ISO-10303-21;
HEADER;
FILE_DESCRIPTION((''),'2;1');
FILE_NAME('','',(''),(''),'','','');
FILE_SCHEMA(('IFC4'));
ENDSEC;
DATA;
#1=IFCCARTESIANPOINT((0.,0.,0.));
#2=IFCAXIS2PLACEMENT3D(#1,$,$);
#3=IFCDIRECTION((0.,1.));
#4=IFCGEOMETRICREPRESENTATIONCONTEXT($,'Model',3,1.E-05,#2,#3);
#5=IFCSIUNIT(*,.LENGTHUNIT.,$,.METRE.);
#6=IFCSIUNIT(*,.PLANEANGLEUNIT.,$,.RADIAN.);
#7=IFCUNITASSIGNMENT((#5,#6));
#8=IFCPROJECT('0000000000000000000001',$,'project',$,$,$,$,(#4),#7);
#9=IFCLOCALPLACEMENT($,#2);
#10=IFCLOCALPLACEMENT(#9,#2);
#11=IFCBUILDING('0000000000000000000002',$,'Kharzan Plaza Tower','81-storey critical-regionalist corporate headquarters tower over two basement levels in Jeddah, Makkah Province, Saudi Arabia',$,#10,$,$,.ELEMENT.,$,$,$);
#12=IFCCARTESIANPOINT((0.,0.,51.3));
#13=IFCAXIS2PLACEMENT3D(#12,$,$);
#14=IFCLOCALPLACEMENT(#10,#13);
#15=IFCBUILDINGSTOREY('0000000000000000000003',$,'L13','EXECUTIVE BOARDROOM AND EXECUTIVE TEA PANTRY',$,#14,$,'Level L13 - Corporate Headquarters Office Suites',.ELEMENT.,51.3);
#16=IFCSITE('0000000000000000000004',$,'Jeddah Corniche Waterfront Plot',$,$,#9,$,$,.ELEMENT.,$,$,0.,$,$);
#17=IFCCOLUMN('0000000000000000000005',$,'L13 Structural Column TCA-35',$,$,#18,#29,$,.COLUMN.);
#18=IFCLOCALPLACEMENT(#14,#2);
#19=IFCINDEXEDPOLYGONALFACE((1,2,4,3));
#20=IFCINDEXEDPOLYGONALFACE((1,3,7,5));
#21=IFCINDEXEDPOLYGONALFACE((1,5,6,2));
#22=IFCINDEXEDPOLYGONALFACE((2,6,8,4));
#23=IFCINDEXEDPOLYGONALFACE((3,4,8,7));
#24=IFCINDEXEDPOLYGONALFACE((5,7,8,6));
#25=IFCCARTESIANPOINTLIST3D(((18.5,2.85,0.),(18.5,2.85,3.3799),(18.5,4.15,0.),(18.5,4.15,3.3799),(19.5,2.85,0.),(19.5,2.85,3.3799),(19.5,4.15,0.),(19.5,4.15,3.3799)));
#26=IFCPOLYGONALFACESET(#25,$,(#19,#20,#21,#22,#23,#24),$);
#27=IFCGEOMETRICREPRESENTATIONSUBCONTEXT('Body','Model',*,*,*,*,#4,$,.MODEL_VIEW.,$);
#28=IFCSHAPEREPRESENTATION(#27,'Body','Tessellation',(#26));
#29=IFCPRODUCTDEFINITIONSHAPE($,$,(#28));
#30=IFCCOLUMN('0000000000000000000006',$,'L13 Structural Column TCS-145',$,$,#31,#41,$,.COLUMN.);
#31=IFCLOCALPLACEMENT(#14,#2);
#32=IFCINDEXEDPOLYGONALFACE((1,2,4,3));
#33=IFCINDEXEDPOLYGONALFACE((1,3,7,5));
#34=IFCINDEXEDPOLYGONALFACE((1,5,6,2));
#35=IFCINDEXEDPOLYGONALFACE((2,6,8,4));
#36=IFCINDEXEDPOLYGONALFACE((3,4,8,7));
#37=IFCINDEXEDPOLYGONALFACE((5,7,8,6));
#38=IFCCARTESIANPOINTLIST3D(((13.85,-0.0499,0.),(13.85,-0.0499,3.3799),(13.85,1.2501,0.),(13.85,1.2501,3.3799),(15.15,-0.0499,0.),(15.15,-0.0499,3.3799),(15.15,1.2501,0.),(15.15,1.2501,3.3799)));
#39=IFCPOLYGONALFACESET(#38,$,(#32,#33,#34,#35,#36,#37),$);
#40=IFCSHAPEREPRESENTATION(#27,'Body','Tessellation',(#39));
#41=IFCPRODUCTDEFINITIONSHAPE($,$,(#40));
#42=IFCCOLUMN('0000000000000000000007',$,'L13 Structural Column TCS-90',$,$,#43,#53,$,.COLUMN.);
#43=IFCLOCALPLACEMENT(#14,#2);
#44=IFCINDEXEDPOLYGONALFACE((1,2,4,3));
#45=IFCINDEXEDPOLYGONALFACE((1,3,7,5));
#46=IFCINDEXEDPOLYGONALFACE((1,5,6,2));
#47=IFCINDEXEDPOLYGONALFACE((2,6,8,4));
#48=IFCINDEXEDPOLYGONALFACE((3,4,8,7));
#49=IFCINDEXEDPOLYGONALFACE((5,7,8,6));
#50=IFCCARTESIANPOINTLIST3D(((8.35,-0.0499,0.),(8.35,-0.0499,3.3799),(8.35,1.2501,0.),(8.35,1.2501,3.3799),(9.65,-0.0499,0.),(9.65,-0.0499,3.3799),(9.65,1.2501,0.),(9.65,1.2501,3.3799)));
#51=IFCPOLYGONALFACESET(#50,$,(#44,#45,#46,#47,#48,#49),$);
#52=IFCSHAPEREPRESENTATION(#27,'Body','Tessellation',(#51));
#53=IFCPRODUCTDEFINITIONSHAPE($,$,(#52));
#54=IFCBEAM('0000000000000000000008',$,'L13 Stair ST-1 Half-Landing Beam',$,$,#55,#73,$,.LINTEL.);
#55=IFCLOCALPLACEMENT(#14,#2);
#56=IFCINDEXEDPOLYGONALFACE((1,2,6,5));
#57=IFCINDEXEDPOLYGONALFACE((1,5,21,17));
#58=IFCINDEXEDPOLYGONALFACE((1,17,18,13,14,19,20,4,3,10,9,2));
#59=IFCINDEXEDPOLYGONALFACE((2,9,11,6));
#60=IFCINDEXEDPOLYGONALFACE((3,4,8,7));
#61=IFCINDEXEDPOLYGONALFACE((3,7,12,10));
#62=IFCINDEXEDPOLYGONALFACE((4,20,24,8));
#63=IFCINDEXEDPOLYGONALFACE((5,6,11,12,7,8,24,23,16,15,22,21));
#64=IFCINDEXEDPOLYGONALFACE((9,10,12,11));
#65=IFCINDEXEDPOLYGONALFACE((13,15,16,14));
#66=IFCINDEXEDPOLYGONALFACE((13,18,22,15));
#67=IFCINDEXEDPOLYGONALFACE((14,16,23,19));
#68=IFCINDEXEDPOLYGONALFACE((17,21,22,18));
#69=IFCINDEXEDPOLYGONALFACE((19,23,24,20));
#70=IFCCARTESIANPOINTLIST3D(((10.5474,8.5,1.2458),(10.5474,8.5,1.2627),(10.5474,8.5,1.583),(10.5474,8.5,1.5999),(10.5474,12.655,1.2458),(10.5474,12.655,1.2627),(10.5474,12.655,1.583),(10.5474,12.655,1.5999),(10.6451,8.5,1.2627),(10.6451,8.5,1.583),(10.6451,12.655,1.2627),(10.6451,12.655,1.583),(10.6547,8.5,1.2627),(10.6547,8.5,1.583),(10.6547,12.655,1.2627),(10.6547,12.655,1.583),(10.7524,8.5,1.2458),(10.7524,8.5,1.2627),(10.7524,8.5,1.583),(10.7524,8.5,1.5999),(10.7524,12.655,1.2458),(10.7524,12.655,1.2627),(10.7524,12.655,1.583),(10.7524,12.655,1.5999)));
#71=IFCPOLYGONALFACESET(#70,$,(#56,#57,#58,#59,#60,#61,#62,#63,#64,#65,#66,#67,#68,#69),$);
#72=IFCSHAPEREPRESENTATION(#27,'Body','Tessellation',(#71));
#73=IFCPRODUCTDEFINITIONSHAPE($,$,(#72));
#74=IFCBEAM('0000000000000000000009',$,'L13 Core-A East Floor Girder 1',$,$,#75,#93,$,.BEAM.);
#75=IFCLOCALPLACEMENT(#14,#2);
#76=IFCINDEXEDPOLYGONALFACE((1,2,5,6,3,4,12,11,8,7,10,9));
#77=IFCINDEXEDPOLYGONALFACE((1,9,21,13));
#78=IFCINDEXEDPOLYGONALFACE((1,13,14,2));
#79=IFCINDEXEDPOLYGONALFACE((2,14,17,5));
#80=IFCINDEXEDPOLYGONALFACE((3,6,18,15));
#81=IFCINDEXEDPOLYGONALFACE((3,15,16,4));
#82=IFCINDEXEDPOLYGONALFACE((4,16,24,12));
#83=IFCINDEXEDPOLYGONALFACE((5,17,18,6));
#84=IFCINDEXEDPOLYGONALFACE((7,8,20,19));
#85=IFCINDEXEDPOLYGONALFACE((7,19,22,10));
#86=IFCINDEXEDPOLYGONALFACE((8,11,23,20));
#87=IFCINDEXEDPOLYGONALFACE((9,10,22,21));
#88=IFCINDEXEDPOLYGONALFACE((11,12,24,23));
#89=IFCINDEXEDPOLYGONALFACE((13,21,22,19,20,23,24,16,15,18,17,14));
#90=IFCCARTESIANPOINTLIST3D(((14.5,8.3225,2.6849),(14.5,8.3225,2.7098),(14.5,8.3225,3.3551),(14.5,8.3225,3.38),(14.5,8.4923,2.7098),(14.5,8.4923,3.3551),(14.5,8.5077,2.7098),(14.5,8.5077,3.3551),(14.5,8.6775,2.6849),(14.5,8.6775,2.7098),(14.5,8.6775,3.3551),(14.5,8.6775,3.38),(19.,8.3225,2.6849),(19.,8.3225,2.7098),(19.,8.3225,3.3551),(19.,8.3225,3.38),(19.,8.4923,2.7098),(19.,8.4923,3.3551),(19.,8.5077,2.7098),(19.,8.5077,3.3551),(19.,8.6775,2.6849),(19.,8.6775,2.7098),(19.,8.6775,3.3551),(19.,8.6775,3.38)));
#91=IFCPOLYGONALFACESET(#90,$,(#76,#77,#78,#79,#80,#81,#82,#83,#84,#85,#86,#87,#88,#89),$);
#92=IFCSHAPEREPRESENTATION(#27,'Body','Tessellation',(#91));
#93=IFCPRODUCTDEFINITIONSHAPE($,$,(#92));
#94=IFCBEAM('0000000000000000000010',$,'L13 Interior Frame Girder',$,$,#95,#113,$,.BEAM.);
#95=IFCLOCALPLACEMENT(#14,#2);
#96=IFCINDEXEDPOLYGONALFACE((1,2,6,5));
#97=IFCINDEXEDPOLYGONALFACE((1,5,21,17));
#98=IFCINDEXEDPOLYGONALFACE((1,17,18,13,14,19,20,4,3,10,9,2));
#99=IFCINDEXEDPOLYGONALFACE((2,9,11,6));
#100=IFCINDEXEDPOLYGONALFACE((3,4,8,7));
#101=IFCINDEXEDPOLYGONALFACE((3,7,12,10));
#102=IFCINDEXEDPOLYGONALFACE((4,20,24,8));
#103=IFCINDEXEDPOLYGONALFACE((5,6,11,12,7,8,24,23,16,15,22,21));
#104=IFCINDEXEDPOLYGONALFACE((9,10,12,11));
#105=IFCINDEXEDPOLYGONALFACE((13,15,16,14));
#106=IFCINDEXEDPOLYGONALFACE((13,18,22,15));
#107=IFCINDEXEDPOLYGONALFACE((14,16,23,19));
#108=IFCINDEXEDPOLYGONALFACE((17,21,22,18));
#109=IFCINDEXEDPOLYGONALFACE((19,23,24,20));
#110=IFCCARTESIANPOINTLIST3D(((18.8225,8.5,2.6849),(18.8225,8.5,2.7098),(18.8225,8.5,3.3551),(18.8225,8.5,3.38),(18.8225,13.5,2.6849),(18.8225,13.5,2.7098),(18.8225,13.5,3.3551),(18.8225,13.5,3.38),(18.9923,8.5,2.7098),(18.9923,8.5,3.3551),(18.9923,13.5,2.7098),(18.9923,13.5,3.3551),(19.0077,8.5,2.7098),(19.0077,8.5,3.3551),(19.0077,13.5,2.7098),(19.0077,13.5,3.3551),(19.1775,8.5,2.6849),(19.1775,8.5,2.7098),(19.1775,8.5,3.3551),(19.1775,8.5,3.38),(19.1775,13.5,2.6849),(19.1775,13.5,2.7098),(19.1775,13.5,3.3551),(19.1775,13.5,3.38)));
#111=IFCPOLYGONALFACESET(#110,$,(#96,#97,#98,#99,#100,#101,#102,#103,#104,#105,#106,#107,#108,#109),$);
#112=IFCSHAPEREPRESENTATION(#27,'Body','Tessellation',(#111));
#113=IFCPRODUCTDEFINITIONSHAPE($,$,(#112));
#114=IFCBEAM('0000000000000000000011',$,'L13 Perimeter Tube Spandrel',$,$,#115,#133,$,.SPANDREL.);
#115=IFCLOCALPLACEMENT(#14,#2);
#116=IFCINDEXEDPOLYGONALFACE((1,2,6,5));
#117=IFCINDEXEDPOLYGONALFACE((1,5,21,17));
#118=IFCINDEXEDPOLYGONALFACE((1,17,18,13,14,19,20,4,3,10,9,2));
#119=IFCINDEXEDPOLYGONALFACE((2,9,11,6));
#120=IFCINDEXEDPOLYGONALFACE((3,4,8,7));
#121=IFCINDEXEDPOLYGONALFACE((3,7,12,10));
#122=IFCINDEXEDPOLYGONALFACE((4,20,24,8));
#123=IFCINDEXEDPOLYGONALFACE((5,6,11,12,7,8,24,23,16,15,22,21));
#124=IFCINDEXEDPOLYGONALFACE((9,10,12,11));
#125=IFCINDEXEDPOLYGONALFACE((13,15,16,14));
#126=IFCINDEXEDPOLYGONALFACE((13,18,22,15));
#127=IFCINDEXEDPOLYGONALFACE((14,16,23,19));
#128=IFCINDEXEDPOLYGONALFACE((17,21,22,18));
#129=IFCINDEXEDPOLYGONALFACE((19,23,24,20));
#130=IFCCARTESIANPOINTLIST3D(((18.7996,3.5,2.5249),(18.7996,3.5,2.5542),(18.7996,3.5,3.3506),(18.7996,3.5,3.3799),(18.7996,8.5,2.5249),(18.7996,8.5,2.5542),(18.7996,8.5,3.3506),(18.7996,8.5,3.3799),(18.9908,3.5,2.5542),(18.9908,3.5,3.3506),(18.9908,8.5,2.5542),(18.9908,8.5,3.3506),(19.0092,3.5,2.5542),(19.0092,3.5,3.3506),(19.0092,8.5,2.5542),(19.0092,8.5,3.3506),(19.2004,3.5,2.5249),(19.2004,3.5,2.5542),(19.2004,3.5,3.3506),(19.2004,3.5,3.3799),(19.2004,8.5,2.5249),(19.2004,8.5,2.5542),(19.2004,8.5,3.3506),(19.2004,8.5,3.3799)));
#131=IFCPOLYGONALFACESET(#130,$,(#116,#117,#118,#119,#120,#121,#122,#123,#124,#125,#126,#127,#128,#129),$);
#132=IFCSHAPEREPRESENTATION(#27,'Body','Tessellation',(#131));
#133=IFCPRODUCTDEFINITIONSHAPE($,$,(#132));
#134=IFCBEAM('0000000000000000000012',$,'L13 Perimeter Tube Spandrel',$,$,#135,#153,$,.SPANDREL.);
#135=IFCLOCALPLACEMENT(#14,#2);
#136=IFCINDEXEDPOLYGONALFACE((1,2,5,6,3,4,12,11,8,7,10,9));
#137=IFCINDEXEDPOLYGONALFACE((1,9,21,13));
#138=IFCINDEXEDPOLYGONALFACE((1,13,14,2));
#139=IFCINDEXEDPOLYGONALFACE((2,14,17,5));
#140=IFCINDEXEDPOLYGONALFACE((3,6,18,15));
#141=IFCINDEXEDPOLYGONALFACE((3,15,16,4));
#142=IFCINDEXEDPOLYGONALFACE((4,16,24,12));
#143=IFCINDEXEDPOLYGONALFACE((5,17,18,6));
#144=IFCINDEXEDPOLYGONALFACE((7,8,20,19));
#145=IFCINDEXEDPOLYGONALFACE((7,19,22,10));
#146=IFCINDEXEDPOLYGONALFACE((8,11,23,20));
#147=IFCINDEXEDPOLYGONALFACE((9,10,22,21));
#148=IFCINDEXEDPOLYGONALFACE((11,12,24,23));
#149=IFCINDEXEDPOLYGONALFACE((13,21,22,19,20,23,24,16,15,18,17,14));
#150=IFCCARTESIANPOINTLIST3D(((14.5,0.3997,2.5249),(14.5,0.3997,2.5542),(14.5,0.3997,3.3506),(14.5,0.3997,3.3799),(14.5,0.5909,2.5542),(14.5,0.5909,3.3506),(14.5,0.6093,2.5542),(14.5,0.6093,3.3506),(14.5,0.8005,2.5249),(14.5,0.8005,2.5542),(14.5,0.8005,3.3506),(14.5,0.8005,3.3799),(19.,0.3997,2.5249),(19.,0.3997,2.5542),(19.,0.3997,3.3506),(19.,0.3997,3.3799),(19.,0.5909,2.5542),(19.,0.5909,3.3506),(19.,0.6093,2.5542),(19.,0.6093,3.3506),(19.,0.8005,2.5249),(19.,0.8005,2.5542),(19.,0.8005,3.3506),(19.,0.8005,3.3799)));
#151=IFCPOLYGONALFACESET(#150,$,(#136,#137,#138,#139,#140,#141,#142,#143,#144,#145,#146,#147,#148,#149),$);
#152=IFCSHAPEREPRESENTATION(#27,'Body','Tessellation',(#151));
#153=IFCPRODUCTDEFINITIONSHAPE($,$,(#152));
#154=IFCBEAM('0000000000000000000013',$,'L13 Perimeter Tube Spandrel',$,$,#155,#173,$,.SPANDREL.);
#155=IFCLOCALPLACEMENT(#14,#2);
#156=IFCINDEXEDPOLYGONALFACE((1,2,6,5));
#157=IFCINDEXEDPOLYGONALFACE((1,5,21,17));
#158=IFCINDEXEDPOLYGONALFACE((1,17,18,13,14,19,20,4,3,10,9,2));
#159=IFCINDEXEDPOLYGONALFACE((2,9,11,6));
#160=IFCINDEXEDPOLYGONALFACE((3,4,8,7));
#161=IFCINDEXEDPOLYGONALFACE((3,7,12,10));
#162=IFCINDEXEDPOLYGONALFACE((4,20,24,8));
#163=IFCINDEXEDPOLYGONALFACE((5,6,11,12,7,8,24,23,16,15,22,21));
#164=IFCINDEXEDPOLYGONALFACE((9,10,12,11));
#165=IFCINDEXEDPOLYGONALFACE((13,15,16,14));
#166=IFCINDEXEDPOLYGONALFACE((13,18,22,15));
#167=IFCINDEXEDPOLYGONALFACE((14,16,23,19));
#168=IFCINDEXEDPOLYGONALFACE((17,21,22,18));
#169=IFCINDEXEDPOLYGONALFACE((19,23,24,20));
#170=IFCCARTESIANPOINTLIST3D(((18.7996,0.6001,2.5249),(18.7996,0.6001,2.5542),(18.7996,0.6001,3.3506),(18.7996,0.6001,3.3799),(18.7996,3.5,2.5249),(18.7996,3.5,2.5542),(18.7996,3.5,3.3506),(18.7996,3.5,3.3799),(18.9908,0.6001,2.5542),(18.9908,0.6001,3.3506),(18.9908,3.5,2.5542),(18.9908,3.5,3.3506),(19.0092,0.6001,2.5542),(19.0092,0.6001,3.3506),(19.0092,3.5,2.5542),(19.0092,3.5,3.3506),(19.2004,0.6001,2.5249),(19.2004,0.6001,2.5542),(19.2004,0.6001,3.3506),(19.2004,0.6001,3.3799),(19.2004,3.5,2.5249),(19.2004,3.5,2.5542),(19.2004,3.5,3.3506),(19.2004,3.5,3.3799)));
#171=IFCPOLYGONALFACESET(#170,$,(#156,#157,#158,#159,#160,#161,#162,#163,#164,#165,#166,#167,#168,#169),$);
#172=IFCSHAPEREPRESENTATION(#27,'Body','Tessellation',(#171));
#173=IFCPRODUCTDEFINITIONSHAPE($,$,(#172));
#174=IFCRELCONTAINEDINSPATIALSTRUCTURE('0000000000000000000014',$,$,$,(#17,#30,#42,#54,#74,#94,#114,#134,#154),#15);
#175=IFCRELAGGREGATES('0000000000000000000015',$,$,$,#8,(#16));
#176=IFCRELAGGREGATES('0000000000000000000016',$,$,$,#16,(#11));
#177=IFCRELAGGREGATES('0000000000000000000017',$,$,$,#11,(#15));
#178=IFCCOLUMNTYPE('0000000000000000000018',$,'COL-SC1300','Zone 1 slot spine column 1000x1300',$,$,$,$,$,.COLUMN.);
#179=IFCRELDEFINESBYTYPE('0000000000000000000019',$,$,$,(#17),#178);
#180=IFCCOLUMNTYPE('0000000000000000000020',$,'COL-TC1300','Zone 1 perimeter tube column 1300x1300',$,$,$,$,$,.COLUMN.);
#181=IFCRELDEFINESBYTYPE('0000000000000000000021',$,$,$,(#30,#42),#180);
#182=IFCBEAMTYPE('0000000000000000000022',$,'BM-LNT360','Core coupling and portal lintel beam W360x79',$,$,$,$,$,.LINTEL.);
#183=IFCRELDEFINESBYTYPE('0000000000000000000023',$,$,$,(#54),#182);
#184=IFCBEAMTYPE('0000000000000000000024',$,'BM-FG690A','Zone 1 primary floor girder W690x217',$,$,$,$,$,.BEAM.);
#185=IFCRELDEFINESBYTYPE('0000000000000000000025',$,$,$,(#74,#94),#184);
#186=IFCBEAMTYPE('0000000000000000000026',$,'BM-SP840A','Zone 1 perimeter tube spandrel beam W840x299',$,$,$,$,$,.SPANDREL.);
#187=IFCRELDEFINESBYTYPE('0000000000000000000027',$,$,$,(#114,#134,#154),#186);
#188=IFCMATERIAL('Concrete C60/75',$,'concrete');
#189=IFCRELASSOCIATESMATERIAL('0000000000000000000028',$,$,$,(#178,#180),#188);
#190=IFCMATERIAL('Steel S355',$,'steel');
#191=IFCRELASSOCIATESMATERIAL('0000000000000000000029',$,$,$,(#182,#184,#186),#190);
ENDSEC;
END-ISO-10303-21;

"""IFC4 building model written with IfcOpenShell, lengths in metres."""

from ifc_helpers import new_model, si_unit, direction, frame, origin, origin_2d, place, context, subcontext, project, spatial, rectangle, i_section, extrude, source, transform, mapped, material, material_profile, profile_set, type_object, element, save


model = new_model("IFC4")

# Units and contexts
model_context = context("Model", 3, precision=1e-05, world=origin(), true_north=direction((0.0, 1.0)))
body_context = subcontext(model_context, "Body", "Model", "MODEL_VIEW")
ifc_project = project(units=[si_unit("LENGTHUNIT", "METRE"), si_unit("PLANEANGLEUNIT", "RADIAN")], contexts=[model_context])

# Site, building, storey
site_placement = place(None, origin())
site = spatial("IfcSite", under=ifc_project, at=site_placement, Name="Jeddah Corniche Waterfront Plot", CompositionType="ELEMENT", RefElevation=0.0)
building_placement = place(site_placement, origin())
building = spatial("IfcBuilding", under=site, at=building_placement, Name="Kharzan Plaza Tower", Description="81-storey critical-regionalist corporate headquarters tower over two basement levels in Jeddah, Makkah Province, Saudi Arabia", CompositionType="ELEMENT")
storey_placement = place(building_placement, frame((0.0, 0.0, 51.3)))
storey = spatial("IfcBuildingStorey", under=building, at=storey_placement, Name="L13", Description="EXECUTIVE BOARDROOM AND EXECUTIVE TEA PANTRY", LongName="Level L13 - Corporate Headquarters Office Suites", CompositionType="ELEMENT", Elevation=51.3)

# Columns
ifc_material_1 = material(Name="Concrete C60/75", Category="concrete")
ifc_material_profile_1 = material_profile(ifc_material_1, rectangle(XDim=1.0, YDim=1.3, at=origin_2d()), Name="RC-SC1300x1000")
ifc_profile_set_1 = profile_set([ifc_material_profile_1], Name="Concrete C60/75")
column_type_1 = type_object("IfcColumnType", Name="COL-SC1300", Description="Zone 1 slot spine column 1000x1300", PredefinedType="COLUMN", material=ifc_profile_set_1)
shared_shape_1 = source(origin(), body_context, "Body", "SweptSolid", [
    extrude(rectangle(XDim=1.0, YDim=1.3, at=origin_2d()), origin(), (0.0, 0.0, 1.0), 3.3799),
])
column_placement = place(storey_placement, frame((19.0, 3.5, 0.0), z_axis=(0.0, 0.0, 1.0), x_axis=(1.0, 0.0, 0.0)))
element("IfcColumn", 1, at=column_placement, inside=storey, type_object=column_type_1, Name="L13 Structural Column TCA-35", PredefinedType="COLUMN", context=body_context, shape_type="MappedRepresentation", body=[
    mapped(shared_shape_1, transform((0.0, 0.0, 0.0), x_axis=(1.0, 0.0, 0.0), y_axis=(0.0, 1.0, 0.0), z_axis=(0.0, 0.0, 1.0))),
])
ifc_material_profile_2 = material_profile(ifc_material_1, rectangle(XDim=1.3, YDim=1.3, at=origin_2d()), Name="RC-TC1300x1300")
ifc_profile_set_2 = profile_set([ifc_material_profile_2], Name="Concrete C60/75")
column_type_2 = type_object("IfcColumnType", Name="COL-TC1300", Description="Zone 1 perimeter tube column 1300x1300", PredefinedType="COLUMN", material=ifc_profile_set_2)
shared_shape_2 = source(origin(), body_context, "Body", "SweptSolid", [
    extrude(rectangle(XDim=1.3, YDim=1.3, at=origin_2d()), origin(), (0.0, 0.0, 1.0), 3.3799),
])
for number, where, z_axis, x_axis, name in (
    (2, (14.5, 0.6001, 0.0), (0.0, 0.0, 1.0), (1.0, 0.0, 0.0), "L13 Structural Column TCS-145"),
    (3, (9.0, 0.6001, 0.0), (0.0, 0.0, 1.0), (1.0, 0.0, 0.0), "L13 Structural Column TCS-90"),
):
    element("IfcColumn", number, at=place(storey_placement, frame(where, z_axis=z_axis, x_axis=x_axis)), inside=storey, type_object=column_type_2, Name=name, PredefinedType="COLUMN", context=body_context, shape_type="MappedRepresentation", body=[
        mapped(shared_shape_2, transform((0.0, 0.0, 0.0), x_axis=(1.0, 0.0, 0.0), y_axis=(0.0, 1.0, 0.0), z_axis=(0.0, 0.0, 1.0))),
    ])

# Beams
ifc_material_2 = material(Name="Steel S355", Category="steel")
ifc_material_profile_3 = material_profile(ifc_material_2, i_section(OverallWidth=0.2051, OverallDepth=0.354, WebThickness=0.0095, FlangeThickness=0.0168, at=origin_2d()), Name="W360x79")
ifc_profile_set_3 = profile_set([ifc_material_profile_3], Name="Steel S355")
beam_type_1 = type_object("IfcBeamType", Name="BM-LNT360", Description="Core coupling and portal lintel beam W360x79", PredefinedType="LINTEL", material=ifc_profile_set_3)
shared_shape_3 = source(origin(), body_context, "Body", "SweptSolid", [
    extrude(i_section(OverallWidth=0.2051, OverallDepth=0.354, WebThickness=0.0095, FlangeThickness=0.0168, at=origin_2d()), origin(), (0.0, 0.0, 1.0), 4.155),
])
beam_1_placement = place(storey_placement, frame((10.6499, 8.5, 1.4229), z_axis=(0.0, 1.0, 0.0), x_axis=(-1.0, 0.0, 0.0)))
element("IfcBeam", 4, at=beam_1_placement, inside=storey, type_object=beam_type_1, Name="L13 Stair ST-1 Half-Landing Beam", PredefinedType="LINTEL", context=body_context, shape_type="MappedRepresentation", body=[
    mapped(shared_shape_3, transform((0.0, 0.0, 0.0), x_axis=(1.0, 0.0, 0.0), y_axis=(0.0, 1.0, 0.0), z_axis=(0.0, 0.0, 1.0))),
])
ifc_material_profile_4 = material_profile(ifc_material_2, i_section(OverallWidth=0.355, OverallDepth=0.6951, WebThickness=0.0154, FlangeThickness=0.0249, at=origin_2d()), Name="W690x217")
ifc_profile_set_4 = profile_set([ifc_material_profile_4], Name="Steel S355")
beam_type_2 = type_object("IfcBeamType", Name="BM-FG690A", Description="Zone 1 primary floor girder W690x217", PredefinedType="BEAM", material=ifc_profile_set_4)
shared_shape_4 = source(origin(), body_context, "Body", "SweptSolid", [
    extrude(i_section(OverallWidth=0.355, OverallDepth=0.6951, WebThickness=0.0154, FlangeThickness=0.0249, at=origin_2d()), origin(), (0.0, 0.0, 1.0), 4.5),
])
beam_2_placement = place(storey_placement, frame((14.5, 8.5, 3.0325), z_axis=(1.0, 0.0, 0.0), x_axis=(0.0, 1.0, 0.0)))
element("IfcBeam", 5, at=beam_2_placement, inside=storey, type_object=beam_type_2, Name="L13 Core-A East Floor Girder 1", PredefinedType="BEAM", context=body_context, shape_type="MappedRepresentation", body=[
    mapped(shared_shape_4, transform((0.0, 0.0, 0.0), x_axis=(1.0, 0.0, 0.0), y_axis=(0.0, 1.0, 0.0), z_axis=(0.0, 0.0, 1.0))),
])
shared_shape_5 = source(origin(), body_context, "Body", "SweptSolid", [
    extrude(i_section(OverallWidth=0.355, OverallDepth=0.6951, WebThickness=0.0154, FlangeThickness=0.0249, at=origin_2d()), origin(), (0.0, 0.0, 1.0), 5.0),
])
beam_3_placement = place(storey_placement, frame((19.0, 8.5, 3.0325), z_axis=(0.0, 1.0, 0.0), x_axis=(-1.0, 0.0, 0.0)))
element("IfcBeam", 6, at=beam_3_placement, inside=storey, type_object=beam_type_2, Name="L13 Interior Frame Girder", PredefinedType="BEAM", context=body_context, shape_type="MappedRepresentation", body=[
    mapped(shared_shape_5, transform((0.0, 0.0, 0.0), x_axis=(1.0, 0.0, 0.0), y_axis=(0.0, 1.0, 0.0), z_axis=(0.0, 0.0, 1.0))),
])
ifc_material_profile_5 = material_profile(ifc_material_2, i_section(OverallWidth=0.4009, OverallDepth=0.855, WebThickness=0.0183, FlangeThickness=0.0293, at=origin_2d()), Name="W840x299")
ifc_profile_set_5 = profile_set([ifc_material_profile_5], Name="Steel S355")
beam_type_3 = type_object("IfcBeamType", Name="BM-SP840A", Description="Zone 1 perimeter tube spandrel beam W840x299", PredefinedType="SPANDREL", material=ifc_profile_set_5)
shared_shape_6 = source(origin(), body_context, "Body", "SweptSolid", [
    extrude(i_section(OverallWidth=0.4009, OverallDepth=0.855, WebThickness=0.0183, FlangeThickness=0.0293, at=origin_2d()), origin(), (0.0, 0.0, 1.0), 5.0),
])
beam_4_placement = place(storey_placement, frame((19.0, 3.5, 2.9524), z_axis=(0.0, 1.0, 0.0), x_axis=(-1.0, 0.0, 0.0)))
element("IfcBeam", 7, at=beam_4_placement, inside=storey, type_object=beam_type_3, Name="L13 Perimeter Tube Spandrel", PredefinedType="SPANDREL", context=body_context, shape_type="MappedRepresentation", body=[
    mapped(shared_shape_6, transform((0.0, 0.0, 0.0), x_axis=(1.0, 0.0, 0.0), y_axis=(0.0, 1.0, 0.0), z_axis=(0.0, 0.0, 1.0))),
])
shared_shape_7 = source(origin(), body_context, "Body", "SweptSolid", [
    extrude(i_section(OverallWidth=0.4009, OverallDepth=0.855, WebThickness=0.0183, FlangeThickness=0.0293, at=origin_2d()), origin(), (0.0, 0.0, 1.0), 4.5),
])
beam_5_placement = place(storey_placement, frame((14.5, 0.6001, 2.9524), z_axis=(1.0, 0.0, 0.0), x_axis=(0.0, 1.0, 0.0)))
element("IfcBeam", 8, at=beam_5_placement, inside=storey, type_object=beam_type_3, Name="L13 Perimeter Tube Spandrel", PredefinedType="SPANDREL", context=body_context, shape_type="MappedRepresentation", body=[
    mapped(shared_shape_7, transform((0.0, 0.0, 0.0), x_axis=(1.0, 0.0, 0.0), y_axis=(0.0, 1.0, 0.0), z_axis=(0.0, 0.0, 1.0))),
])
shared_shape_8 = source(origin(), body_context, "Body", "SweptSolid", [
    extrude(i_section(OverallWidth=0.4009, OverallDepth=0.855, WebThickness=0.0183, FlangeThickness=0.0293, at=origin_2d()), origin(), (0.0, 0.0, 1.0), 2.8999),
])
beam_6_placement = place(storey_placement, frame((19.0, 0.6001, 2.9524), z_axis=(0.0, 1.0, 0.0), x_axis=(-1.0, 0.0, 0.0)))
element("IfcBeam", 9, at=beam_6_placement, inside=storey, type_object=beam_type_3, Name="L13 Perimeter Tube Spandrel", PredefinedType="SPANDREL", context=body_context, shape_type="MappedRepresentation", body=[
    mapped(shared_shape_8, transform((0.0, 0.0, 0.0), x_axis=(1.0, 0.0, 0.0), y_axis=(0.0, 1.0, 0.0), z_axis=(0.0, 0.0, 1.0))),
])

save(model, "model.ifc")
